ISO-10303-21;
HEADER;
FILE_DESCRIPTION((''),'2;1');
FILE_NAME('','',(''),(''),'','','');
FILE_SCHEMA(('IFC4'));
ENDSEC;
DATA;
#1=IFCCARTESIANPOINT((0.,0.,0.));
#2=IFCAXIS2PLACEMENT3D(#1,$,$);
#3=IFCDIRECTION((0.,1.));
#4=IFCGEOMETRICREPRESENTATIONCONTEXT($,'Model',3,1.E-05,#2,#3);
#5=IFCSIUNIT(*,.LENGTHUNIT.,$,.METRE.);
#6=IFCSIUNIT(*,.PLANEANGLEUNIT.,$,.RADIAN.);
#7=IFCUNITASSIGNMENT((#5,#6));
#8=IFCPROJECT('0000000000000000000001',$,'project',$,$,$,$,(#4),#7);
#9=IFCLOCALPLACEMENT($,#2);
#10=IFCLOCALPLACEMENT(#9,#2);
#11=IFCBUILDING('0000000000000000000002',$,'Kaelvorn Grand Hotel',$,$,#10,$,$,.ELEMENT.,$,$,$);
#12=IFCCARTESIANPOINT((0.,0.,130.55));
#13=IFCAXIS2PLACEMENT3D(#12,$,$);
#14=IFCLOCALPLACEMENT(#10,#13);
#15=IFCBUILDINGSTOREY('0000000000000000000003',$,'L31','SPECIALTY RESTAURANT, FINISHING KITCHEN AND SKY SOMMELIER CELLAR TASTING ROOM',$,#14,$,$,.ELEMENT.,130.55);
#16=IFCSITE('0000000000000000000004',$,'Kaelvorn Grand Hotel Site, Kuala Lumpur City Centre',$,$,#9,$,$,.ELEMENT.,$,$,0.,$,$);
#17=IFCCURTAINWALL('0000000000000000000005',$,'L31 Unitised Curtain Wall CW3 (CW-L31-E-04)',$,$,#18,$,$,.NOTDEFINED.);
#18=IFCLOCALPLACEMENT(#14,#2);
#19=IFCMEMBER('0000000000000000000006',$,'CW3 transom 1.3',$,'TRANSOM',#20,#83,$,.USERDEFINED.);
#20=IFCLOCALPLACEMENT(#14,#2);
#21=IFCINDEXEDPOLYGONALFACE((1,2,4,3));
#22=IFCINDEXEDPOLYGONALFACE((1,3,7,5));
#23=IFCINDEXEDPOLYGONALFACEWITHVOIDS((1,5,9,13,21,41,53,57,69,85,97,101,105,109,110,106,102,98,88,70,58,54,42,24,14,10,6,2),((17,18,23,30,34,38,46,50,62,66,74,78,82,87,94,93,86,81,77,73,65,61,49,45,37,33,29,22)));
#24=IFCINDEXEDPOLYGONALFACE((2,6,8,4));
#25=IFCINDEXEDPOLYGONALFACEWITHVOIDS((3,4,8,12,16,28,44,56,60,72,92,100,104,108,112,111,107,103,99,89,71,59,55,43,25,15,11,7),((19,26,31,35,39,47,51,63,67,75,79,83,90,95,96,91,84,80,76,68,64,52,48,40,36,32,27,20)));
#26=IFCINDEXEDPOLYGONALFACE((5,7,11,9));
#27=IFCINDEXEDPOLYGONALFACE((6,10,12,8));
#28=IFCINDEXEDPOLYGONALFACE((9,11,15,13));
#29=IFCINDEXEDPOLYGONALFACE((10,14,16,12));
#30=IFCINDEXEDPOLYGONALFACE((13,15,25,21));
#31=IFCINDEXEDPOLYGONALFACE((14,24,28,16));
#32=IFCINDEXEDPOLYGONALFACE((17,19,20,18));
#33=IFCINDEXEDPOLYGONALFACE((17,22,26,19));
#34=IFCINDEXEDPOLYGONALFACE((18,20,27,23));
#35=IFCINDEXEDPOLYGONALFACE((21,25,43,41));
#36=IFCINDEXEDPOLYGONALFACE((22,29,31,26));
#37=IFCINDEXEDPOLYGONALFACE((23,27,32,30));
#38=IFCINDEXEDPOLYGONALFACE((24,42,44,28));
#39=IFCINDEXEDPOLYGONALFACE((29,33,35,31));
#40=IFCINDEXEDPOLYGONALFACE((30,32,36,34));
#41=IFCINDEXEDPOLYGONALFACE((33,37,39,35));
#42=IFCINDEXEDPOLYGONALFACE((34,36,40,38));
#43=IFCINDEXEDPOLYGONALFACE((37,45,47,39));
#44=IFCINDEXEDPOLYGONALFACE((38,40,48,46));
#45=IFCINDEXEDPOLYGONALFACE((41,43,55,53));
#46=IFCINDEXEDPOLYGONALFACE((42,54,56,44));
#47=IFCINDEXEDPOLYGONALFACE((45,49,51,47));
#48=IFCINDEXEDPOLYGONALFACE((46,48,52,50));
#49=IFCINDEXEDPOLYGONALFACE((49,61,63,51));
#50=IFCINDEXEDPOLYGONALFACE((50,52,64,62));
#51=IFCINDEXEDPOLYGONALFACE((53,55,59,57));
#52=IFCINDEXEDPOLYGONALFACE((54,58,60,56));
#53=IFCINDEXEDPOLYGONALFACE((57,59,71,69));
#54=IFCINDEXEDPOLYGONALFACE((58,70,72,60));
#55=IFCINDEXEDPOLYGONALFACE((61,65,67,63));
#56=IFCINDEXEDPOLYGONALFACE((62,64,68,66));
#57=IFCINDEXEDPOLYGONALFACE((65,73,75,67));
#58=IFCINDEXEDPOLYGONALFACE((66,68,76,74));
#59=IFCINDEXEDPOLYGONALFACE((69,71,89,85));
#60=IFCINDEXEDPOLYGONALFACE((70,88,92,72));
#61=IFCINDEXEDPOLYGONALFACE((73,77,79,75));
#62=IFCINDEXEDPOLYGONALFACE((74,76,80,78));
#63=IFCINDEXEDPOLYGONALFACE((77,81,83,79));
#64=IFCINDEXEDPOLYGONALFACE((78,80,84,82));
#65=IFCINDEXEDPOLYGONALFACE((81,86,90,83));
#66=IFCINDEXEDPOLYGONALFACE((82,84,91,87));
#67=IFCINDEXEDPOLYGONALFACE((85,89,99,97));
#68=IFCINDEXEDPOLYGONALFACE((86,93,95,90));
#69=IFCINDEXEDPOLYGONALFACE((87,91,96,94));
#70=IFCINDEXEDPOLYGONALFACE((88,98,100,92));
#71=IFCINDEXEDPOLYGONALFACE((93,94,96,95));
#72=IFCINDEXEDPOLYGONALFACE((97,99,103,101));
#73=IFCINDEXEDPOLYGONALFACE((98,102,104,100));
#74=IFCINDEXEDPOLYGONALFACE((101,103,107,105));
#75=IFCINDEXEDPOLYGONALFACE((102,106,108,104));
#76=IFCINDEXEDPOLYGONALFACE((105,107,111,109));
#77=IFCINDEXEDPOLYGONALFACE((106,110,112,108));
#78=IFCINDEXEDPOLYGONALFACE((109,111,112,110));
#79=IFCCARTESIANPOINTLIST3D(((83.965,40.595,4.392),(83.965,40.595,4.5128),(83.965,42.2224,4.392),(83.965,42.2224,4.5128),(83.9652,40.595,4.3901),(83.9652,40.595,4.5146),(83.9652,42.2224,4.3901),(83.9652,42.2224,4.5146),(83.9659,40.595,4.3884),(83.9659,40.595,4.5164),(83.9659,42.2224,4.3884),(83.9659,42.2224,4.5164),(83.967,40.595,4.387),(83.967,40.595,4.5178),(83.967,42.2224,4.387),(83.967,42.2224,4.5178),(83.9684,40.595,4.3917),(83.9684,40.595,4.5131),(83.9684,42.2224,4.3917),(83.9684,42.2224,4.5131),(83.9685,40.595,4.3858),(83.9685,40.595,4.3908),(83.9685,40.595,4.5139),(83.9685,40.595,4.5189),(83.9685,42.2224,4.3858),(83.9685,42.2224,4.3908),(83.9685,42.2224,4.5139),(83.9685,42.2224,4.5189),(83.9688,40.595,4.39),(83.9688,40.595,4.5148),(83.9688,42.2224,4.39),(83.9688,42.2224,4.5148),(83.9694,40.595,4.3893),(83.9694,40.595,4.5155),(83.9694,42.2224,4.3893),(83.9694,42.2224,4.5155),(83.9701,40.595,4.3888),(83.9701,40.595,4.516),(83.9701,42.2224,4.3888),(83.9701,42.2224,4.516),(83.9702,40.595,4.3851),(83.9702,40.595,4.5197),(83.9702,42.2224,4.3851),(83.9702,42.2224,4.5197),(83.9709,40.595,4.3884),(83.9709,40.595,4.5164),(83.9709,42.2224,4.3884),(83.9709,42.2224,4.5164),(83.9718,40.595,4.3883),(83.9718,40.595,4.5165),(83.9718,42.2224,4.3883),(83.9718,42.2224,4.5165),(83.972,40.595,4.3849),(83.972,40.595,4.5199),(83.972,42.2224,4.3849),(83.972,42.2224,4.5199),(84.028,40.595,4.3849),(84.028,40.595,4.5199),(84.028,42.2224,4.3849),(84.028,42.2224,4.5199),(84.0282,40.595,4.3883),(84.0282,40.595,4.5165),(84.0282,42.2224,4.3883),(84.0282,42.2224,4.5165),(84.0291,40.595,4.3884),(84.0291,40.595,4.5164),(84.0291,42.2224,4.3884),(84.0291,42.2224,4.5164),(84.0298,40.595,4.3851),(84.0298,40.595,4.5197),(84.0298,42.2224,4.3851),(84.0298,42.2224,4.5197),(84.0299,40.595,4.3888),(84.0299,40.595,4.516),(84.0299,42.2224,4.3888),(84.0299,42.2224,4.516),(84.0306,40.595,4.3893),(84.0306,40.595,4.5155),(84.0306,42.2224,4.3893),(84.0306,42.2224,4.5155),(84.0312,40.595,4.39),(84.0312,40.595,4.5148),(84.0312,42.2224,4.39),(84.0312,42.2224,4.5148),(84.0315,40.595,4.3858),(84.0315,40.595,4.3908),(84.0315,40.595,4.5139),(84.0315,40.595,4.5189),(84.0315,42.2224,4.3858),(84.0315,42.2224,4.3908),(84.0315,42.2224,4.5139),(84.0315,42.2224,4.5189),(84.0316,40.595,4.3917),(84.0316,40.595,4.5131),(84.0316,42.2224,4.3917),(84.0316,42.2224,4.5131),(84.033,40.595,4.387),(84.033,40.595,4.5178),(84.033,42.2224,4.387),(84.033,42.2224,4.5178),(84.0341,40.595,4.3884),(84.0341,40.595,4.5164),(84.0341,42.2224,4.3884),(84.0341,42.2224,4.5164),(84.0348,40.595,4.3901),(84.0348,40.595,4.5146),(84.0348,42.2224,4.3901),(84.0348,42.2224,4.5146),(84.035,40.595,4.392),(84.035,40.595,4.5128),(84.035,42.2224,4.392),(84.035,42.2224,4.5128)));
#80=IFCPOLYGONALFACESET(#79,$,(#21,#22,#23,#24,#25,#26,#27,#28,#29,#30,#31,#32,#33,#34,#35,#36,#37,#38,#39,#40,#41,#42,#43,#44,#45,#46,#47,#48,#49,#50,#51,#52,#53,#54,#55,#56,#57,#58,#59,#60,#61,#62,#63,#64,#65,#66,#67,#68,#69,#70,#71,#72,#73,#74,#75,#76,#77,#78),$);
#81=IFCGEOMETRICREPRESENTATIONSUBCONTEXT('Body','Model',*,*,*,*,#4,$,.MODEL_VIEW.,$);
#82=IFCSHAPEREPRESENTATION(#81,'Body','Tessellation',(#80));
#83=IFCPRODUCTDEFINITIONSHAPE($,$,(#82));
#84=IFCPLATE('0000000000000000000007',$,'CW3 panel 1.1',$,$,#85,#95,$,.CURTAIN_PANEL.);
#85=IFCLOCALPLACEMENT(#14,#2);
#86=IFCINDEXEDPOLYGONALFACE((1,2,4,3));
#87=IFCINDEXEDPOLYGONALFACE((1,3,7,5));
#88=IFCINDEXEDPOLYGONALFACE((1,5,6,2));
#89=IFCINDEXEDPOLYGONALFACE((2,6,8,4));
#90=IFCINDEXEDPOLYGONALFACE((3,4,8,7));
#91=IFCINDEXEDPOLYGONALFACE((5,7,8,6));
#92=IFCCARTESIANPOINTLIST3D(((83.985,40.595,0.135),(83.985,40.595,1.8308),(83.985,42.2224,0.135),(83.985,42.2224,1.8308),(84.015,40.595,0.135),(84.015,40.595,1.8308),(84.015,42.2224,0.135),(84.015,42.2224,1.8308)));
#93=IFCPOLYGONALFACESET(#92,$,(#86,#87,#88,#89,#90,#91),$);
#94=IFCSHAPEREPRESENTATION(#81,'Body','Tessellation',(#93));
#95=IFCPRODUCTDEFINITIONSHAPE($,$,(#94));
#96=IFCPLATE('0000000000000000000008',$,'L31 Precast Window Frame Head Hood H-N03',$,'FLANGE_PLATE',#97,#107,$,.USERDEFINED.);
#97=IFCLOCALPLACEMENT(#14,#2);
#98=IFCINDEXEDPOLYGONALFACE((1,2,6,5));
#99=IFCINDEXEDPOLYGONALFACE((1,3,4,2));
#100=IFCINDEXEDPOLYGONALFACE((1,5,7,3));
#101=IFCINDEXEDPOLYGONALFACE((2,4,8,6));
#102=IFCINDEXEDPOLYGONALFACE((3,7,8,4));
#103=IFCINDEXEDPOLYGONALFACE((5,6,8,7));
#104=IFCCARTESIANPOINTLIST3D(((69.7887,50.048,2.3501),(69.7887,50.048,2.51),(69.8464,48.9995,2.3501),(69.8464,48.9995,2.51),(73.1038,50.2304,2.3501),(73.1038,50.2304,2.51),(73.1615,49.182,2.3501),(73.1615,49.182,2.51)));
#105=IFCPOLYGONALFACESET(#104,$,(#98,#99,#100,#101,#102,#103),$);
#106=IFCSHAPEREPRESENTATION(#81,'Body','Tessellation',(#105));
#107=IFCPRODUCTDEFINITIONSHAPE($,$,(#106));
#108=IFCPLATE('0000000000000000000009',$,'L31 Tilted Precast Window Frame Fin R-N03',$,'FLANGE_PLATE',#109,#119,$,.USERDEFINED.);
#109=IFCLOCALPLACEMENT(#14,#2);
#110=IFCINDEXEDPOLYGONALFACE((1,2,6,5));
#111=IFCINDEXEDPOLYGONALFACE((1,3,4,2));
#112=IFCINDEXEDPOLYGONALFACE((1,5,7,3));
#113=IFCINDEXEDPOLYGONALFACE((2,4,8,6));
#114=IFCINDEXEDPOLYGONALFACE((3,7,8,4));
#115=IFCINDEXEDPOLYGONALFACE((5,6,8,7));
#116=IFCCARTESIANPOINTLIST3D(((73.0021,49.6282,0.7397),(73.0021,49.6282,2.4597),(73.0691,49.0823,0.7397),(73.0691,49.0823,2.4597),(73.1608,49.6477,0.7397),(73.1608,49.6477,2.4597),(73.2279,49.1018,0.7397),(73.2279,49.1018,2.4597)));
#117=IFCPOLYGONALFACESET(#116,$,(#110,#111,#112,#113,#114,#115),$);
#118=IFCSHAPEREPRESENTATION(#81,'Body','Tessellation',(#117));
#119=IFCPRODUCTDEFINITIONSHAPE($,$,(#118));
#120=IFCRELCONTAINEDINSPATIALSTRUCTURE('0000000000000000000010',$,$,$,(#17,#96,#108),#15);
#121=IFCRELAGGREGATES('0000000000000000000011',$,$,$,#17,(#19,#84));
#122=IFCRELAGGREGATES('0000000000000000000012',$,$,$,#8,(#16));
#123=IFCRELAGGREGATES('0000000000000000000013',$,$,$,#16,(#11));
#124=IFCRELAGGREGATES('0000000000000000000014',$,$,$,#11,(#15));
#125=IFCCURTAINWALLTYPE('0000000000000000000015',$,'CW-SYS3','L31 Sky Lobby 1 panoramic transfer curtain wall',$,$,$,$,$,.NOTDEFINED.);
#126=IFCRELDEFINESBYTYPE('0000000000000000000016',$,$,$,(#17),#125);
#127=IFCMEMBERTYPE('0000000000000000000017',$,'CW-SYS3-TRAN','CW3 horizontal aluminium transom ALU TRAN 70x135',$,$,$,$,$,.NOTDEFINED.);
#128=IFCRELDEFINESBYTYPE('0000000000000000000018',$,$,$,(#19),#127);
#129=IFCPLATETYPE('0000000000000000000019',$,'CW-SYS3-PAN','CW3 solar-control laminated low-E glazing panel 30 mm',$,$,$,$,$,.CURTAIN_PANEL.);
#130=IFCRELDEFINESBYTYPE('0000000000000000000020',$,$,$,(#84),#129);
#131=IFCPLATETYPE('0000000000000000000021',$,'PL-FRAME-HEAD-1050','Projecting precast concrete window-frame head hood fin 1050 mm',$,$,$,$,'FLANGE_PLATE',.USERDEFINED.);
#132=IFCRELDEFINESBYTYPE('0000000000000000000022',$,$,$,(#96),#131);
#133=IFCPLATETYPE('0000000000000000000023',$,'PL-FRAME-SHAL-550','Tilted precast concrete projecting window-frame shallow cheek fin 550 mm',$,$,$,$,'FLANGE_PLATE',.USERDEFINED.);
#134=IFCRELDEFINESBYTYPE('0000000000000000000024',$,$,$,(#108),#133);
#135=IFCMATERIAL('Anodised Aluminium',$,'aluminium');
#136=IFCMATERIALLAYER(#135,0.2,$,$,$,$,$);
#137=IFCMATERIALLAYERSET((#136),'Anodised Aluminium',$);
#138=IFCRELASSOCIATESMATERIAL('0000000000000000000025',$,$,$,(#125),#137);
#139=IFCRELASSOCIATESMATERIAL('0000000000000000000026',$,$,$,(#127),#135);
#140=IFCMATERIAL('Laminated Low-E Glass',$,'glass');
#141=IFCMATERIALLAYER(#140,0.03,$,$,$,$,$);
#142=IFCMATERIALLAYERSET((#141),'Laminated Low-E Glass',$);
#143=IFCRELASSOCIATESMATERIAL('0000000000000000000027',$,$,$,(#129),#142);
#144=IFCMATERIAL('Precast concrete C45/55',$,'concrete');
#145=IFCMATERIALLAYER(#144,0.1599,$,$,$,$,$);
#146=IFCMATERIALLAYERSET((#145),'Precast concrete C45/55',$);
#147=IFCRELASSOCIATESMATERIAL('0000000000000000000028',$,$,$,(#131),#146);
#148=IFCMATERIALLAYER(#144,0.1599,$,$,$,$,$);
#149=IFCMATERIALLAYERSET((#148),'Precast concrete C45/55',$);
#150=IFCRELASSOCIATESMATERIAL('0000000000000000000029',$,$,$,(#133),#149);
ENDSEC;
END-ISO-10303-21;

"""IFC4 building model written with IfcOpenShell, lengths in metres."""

from ifc_helpers import new_model, si_unit, direction, frame, origin, origin_2d, place, context, subcontext, project, spatial, rectangle, hollow_rectangle, extrude, material, layer, layer_set, material_profile, profile_set, type_object, element, aggregate, save


model = new_model("IFC4")

# Units and contexts
model_context = context("Model", 3, precision=1e-05, world=origin(), true_north=direction((0.0, 1.0)))
body_context = subcontext(model_context, "Body", "Model", "MODEL_VIEW")
ifc_project = project(units=[si_unit("LENGTHUNIT", "METRE"), si_unit("PLANEANGLEUNIT", "RADIAN")], contexts=[model_context])

# Site, building, storey
site_placement = place(None, origin())
site = spatial("IfcSite", under=ifc_project, at=site_placement, Name="Kaelvorn Grand Hotel Site, Kuala Lumpur City Centre", CompositionType="ELEMENT", RefElevation=0.0)
building_placement = place(site_placement, origin())
building = spatial("IfcBuilding", under=site, at=building_placement, Name="Kaelvorn Grand Hotel", CompositionType="ELEMENT")
storey_placement = place(building_placement, frame((0.0, 0.0, 130.55)))
storey = spatial("IfcBuildingStorey", under=building, at=storey_placement, Name="L31", Description="SPECIALTY RESTAURANT, FINISHING KITCHEN AND SKY SOMMELIER CELLAR TASTING ROOM", CompositionType="ELEMENT", Elevation=130.55)

# Curtain wall, member, plate
ifc_material_1 = material(Name="Anodised Aluminium", Category="aluminium")
ifc_layer_1 = layer(ifc_material_1, 0.2)
ifc_layer_set_1 = layer_set([ifc_layer_1], Name="Anodised Aluminium")
curtain_wall_type = type_object("IfcCurtainWallType", Name="CW-SYS3", Description="L31 Sky Lobby 1 panoramic transfer curtain wall", PredefinedType="NOTDEFINED", material=ifc_layer_set_1)
curtain_wall_placement = place(storey_placement, origin())
curtain_wall = element("IfcCurtainWall", 1, at=curtain_wall_placement, inside=storey, type_object=curtain_wall_type, Name="L31 Unitised Curtain Wall CW3 (CW-L31-E-04)", PredefinedType="NOTDEFINED")
ifc_material_profile_1 = material_profile(ifc_material_1, hollow_rectangle(XDim=0.0701, YDim=0.135, WallThickness=0.0034, InnerFilletRadius=0.0034, OuterFilletRadius=0.0071, at=origin_2d()), Name="ALU TRAN 70x135")
ifc_profile_set_1 = profile_set([ifc_material_profile_1], Name="Anodised Aluminium")
member_type_1 = type_object("IfcMemberType", Name="CW-SYS3-TRAN", Description="CW3 horizontal aluminium transom ALU TRAN 70x135", PredefinedType="NOTDEFINED", material=ifc_profile_set_1)
member_1_placement = place(storey_placement, frame((84.0, 40.595, 4.4524), z_axis=(0.0, 1.0, 0.0), x_axis=(-1.0, 0.0, 0.0)))
member_1 = element("IfcMember", 2, at=member_1_placement, type_object=member_type_1, Name="CW3 transom 1.3", ObjectType="TRANSOM", PredefinedType="USERDEFINED", context=body_context, shape_type="SweptSolid", body=[
    extrude(hollow_rectangle(XDim=0.0701, YDim=0.135, WallThickness=0.0034, InnerFilletRadius=0.0034, OuterFilletRadius=0.0071, at=origin_2d()), origin(), (0.0, 0.0, 1.0), 1.6274),
])
ifc_material_2 = material(Name="Laminated Low-E Glass", Category="glass")
ifc_layer_2 = layer(ifc_material_2, 0.03)
ifc_layer_set_2 = layer_set([ifc_layer_2], Name="Laminated Low-E Glass")
plate_type_1 = type_object("IfcPlateType", Name="CW-SYS3-PAN", Description="CW3 solar-control laminated low-E glazing panel 30 mm", PredefinedType="CURTAIN_PANEL", material=ifc_layer_set_2)
plate_1_placement = place(storey_placement, frame((84.0, 41.4087, 0.135), z_axis=(0.0, 0.0, 1.0), x_axis=(0.0, 1.0, 0.0)))
plate_1 = element("IfcPlate", 3, at=plate_1_placement, type_object=plate_type_1, Name="CW3 panel 1.1", PredefinedType="CURTAIN_PANEL", context=body_context, shape_type="SweptSolid", body=[
    extrude(rectangle(XDim=1.6274, YDim=0.03, at=origin_2d()), origin(), (0.0, 0.0, 1.0), 1.6958),
])
aggregate(curtain_wall, [member_1, plate_1])

# Plates
ifc_material_3 = material(Name="Precast concrete C45/55", Category="concrete")
ifc_layer_3 = layer(ifc_material_3, 0.1599)
ifc_layer_set_3 = layer_set([ifc_layer_3], Name="Precast concrete C45/55")
plate_type_2 = type_object("IfcPlateType", Name="PL-FRAME-HEAD-1050", Description="Projecting precast concrete window-frame head hood fin 1050 mm", ElementType="FLANGE_PLATE", PredefinedType="USERDEFINED", material=ifc_layer_set_3)
plate_2_placement = place(storey_placement, frame((71.4751, 49.615, 2.3501), z_axis=(0.0, 0.0, 1.0), x_axis=(0.998489, 0.05495, 0.0)))
element("IfcPlate", 4, at=plate_2_placement, inside=storey, type_object=plate_type_2, Name="L31 Precast Window Frame Head Hood H-N03", ObjectType="FLANGE_PLATE", PredefinedType="USERDEFINED", context=body_context, shape_type="SweptSolid", body=[
    extrude(rectangle(XDim=3.3201, YDim=1.05, at=origin_2d()), origin(), (0.0, 0.0, 1.0), 0.1599),
])
ifc_layer_4 = layer(ifc_material_3, 0.1599)
ifc_layer_set_4 = layer_set([ifc_layer_4], Name="Precast concrete C45/55")
plate_type_3 = type_object("IfcPlateType", Name="PL-FRAME-SHAL-550", Description="Tilted precast concrete projecting window-frame shallow cheek fin 550 mm", ElementType="FLANGE_PLATE", PredefinedType="USERDEFINED", material=ifc_layer_set_4)
plate_3_placement = place(storey_placement, frame((73.115, 49.365, 0.7397), z_axis=(0.0, 0.0, 1.0), x_axis=(0.992546, 0.121869, 0.0)))
element("IfcPlate", 5, at=plate_3_placement, inside=storey, type_object=plate_type_3, Name="L31 Tilted Precast Window Frame Fin R-N03", ObjectType="FLANGE_PLATE", PredefinedType="USERDEFINED", context=body_context, shape_type="SweptSolid", body=[
    extrude(rectangle(XDim=0.1599, YDim=0.55, at=origin_2d()), origin(), (0.0, 0.0, 1.0), 1.72),
])

save(model, "model.ifc")
